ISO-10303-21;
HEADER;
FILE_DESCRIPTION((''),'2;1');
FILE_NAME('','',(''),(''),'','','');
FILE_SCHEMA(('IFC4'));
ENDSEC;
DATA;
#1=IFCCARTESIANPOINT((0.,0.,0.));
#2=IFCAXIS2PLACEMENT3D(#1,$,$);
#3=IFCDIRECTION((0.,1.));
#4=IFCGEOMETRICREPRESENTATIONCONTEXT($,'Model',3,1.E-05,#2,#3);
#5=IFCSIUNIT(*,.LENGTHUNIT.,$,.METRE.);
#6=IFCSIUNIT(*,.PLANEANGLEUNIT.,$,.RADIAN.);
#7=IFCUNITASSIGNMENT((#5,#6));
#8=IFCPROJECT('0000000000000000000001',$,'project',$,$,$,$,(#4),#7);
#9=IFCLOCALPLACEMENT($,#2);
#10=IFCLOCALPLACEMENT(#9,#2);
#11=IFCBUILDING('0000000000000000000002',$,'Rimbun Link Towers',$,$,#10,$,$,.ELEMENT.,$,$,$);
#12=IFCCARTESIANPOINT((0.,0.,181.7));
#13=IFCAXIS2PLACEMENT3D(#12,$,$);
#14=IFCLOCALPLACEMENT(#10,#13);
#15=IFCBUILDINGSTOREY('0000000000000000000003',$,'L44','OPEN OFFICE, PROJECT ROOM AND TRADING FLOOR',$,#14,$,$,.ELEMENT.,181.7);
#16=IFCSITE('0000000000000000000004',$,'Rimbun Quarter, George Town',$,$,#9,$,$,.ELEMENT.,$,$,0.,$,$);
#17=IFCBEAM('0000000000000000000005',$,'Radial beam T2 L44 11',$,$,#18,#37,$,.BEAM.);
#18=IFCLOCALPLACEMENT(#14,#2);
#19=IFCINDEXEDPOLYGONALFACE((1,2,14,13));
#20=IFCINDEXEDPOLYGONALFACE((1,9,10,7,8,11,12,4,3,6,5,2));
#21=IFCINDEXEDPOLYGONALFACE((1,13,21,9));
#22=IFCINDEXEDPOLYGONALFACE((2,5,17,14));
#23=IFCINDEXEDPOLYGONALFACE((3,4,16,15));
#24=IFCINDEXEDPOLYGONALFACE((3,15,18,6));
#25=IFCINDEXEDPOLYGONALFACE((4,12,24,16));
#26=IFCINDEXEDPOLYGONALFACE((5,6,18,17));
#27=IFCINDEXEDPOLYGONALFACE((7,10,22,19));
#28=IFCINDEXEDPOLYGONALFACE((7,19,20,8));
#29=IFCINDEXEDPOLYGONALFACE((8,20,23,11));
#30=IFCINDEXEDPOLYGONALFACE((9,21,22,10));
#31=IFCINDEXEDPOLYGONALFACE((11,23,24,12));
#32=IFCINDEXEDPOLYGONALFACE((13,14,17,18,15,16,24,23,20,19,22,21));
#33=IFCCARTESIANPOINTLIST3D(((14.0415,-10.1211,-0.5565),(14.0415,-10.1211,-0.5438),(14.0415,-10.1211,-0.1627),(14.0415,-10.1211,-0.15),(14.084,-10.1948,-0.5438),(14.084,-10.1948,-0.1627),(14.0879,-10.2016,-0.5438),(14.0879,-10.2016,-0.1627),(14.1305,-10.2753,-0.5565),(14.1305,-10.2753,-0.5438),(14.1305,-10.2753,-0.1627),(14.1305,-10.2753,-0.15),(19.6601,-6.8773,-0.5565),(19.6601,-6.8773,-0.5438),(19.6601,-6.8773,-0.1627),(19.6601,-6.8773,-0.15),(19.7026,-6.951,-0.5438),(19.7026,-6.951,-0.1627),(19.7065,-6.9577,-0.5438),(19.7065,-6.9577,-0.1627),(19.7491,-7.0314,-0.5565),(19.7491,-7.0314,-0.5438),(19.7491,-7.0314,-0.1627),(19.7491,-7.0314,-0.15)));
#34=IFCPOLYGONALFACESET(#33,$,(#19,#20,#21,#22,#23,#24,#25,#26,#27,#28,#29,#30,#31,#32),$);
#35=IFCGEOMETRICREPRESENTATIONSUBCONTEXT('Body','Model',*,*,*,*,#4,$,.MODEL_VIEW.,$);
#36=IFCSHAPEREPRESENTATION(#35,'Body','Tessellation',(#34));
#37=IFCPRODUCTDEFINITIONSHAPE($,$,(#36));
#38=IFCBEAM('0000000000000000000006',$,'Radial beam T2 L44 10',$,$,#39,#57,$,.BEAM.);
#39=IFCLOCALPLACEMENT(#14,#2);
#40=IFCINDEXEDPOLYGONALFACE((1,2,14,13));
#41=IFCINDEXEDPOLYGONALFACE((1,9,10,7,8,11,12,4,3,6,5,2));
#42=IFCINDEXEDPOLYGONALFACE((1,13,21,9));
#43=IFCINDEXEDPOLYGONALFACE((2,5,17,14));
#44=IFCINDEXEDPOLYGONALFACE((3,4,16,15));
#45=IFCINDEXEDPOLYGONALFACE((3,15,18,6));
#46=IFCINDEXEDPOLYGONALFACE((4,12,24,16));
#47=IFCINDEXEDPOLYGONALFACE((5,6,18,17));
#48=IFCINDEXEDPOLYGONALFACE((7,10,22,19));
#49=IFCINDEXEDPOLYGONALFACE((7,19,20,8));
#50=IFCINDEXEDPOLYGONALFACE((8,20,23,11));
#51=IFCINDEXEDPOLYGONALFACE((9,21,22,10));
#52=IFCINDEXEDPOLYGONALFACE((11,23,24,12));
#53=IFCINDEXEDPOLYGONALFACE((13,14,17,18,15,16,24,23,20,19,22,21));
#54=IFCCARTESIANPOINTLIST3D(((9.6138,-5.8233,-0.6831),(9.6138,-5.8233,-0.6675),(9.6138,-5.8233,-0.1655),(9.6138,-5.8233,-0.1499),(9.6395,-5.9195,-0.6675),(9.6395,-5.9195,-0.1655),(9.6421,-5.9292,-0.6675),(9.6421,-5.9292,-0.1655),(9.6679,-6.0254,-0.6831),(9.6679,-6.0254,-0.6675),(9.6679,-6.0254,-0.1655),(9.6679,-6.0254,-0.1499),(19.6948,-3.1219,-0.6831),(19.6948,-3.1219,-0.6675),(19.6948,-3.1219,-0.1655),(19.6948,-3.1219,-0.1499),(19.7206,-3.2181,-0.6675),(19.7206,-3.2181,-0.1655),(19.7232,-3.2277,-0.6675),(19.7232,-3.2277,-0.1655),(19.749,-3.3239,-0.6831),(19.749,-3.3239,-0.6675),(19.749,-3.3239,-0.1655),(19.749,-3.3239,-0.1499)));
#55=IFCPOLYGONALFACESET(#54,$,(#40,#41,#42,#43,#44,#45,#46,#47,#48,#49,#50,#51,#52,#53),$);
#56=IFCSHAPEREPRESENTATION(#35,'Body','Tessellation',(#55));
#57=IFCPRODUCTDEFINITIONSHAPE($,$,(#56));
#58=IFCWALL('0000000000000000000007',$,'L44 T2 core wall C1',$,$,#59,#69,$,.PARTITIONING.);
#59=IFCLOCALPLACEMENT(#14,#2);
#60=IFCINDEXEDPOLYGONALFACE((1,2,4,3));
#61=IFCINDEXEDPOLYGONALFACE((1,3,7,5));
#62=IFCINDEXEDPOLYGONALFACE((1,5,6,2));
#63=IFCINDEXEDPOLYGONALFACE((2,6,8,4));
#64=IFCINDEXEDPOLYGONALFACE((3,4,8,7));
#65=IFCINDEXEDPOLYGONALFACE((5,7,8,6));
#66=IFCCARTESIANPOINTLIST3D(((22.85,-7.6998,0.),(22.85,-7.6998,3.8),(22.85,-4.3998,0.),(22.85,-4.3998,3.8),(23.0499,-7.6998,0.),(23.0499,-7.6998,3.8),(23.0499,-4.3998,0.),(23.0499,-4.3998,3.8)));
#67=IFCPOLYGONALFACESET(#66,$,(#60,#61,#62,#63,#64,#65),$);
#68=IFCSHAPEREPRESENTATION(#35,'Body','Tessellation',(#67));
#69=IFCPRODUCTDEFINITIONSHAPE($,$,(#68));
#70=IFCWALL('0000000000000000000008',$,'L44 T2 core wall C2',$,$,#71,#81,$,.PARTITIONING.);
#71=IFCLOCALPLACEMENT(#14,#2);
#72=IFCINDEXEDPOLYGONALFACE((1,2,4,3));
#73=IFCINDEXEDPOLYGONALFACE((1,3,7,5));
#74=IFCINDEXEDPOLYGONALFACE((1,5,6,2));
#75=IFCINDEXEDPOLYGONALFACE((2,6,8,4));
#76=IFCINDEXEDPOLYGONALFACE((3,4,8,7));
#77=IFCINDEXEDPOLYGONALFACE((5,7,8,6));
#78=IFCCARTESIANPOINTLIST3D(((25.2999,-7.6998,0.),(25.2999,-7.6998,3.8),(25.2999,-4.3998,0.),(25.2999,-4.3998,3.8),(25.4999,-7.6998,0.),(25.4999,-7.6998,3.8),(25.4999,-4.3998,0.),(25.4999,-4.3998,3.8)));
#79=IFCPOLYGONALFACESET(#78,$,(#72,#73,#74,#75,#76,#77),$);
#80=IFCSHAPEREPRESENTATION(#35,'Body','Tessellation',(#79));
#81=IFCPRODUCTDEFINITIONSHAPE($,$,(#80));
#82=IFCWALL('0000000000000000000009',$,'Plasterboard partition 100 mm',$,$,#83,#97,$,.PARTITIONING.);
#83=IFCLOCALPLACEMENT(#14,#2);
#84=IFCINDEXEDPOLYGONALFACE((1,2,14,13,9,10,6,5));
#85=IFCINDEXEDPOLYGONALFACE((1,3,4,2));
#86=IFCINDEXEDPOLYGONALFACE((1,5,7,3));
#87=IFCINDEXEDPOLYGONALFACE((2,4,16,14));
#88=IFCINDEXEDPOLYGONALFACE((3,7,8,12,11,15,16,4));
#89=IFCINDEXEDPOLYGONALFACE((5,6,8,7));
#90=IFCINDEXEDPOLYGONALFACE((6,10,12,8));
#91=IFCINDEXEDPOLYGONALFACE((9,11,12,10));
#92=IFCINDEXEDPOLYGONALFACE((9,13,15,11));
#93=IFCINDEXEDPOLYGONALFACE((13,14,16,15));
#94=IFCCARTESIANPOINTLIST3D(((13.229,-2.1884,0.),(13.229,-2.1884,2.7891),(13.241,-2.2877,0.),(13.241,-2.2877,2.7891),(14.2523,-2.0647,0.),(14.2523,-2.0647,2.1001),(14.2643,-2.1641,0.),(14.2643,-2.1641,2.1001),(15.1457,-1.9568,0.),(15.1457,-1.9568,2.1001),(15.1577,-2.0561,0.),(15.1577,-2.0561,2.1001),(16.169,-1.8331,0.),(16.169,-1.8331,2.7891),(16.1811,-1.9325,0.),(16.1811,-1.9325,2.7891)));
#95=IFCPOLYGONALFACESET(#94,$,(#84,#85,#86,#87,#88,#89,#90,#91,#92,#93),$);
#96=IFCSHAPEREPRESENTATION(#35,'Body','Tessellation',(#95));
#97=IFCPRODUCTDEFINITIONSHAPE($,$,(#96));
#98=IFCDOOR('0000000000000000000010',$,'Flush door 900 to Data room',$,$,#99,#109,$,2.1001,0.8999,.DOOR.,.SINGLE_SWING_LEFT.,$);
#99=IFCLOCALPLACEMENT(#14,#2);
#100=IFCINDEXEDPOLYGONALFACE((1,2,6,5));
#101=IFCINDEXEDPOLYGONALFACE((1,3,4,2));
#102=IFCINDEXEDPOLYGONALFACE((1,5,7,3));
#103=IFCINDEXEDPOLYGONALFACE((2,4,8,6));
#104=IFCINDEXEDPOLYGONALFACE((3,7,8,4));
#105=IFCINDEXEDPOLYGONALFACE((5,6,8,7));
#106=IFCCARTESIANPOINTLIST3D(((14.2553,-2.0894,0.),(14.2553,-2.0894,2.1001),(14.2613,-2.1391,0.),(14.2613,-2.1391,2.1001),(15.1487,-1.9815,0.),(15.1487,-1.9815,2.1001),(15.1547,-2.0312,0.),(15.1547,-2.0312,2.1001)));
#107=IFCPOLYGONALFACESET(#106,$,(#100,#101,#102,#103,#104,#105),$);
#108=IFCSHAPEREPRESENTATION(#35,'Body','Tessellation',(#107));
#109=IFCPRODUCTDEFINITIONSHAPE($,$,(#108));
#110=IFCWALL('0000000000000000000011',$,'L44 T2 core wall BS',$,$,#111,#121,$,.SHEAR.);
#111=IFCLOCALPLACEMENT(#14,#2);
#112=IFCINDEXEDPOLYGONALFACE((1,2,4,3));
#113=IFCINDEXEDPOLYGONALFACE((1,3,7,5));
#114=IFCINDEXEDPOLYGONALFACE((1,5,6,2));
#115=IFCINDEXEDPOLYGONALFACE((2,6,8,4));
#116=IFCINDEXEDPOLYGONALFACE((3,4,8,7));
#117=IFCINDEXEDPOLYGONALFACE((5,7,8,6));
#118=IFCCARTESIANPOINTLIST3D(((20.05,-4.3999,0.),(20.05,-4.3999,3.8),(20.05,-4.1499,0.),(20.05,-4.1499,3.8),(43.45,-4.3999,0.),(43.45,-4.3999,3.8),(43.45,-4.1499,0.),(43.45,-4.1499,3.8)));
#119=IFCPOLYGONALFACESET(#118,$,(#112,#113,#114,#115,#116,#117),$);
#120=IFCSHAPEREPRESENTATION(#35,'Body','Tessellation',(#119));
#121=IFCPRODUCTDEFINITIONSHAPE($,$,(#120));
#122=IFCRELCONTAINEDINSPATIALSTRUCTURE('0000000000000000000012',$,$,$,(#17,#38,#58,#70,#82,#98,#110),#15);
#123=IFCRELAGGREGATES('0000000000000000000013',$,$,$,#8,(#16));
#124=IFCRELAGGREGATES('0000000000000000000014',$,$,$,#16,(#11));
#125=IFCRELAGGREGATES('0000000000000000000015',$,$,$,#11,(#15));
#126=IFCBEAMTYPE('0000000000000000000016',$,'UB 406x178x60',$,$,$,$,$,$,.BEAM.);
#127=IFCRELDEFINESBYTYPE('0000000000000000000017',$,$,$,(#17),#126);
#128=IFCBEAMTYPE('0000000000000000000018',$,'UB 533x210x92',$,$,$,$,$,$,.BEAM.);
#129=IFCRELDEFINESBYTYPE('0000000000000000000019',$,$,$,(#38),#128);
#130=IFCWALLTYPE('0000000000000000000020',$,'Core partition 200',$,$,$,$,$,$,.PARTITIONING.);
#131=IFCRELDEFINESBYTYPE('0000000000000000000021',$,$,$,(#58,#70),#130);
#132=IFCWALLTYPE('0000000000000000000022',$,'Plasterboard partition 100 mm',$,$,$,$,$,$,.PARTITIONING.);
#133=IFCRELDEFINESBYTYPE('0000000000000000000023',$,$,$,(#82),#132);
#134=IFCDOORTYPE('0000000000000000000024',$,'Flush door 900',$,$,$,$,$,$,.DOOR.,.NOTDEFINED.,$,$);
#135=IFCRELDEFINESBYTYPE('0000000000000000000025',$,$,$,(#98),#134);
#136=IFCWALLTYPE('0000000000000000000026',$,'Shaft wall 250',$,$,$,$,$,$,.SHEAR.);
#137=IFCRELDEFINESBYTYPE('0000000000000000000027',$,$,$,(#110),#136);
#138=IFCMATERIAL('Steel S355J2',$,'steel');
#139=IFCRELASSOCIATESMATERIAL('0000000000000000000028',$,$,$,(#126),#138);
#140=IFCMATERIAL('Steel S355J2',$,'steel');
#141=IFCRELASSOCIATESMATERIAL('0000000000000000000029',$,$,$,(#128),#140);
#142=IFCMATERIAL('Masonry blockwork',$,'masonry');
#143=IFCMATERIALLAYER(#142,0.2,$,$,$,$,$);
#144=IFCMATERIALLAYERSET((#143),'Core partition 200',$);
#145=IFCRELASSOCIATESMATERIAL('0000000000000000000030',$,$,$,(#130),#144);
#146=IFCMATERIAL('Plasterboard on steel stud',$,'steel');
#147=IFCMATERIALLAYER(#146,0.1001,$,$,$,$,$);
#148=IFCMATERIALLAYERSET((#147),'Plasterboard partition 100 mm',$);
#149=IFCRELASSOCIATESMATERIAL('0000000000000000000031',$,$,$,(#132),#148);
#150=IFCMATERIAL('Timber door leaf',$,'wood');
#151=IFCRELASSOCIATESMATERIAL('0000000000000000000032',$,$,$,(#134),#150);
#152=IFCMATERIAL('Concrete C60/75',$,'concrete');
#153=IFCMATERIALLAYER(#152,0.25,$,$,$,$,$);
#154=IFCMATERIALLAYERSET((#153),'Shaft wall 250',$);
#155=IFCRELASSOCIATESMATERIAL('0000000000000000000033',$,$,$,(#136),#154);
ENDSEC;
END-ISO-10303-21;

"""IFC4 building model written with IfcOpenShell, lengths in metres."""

from ifc_helpers import new_model, si_unit, direction, frame, frame_2d, origin, origin_2d, place, context, subcontext, project, spatial, rectangle, i_section, extrude, material, layer, layer_set, material_profile, profile_set, type_object, element, fill, save


model = new_model("IFC4")

# Units and contexts
model_context = context("Model", 3, precision=1e-05, world=origin(), true_north=direction((0.0, 1.0)))
body_context = subcontext(model_context, "Body", "Model", "MODEL_VIEW")
ifc_project = project(units=[si_unit("LENGTHUNIT", "METRE"), si_unit("PLANEANGLEUNIT", "RADIAN")], contexts=[model_context])

# Site, building, storey
site_placement = place(None, origin())
site = spatial("IfcSite", under=ifc_project, at=site_placement, Name="Rimbun Quarter, George Town", CompositionType="ELEMENT", RefElevation=0.0)
building_placement = place(site_placement, origin())
building = spatial("IfcBuilding", under=site, at=building_placement, Name="Rimbun Link Towers", CompositionType="ELEMENT")
storey_placement = place(building_placement, frame((0.0, 0.0, 181.7)))
storey = spatial("IfcBuildingStorey", under=building, at=storey_placement, Name="L44", Description="OPEN OFFICE, PROJECT ROOM AND TRADING FLOOR", CompositionType="ELEMENT", Elevation=181.7)

# Beams
ifc_material_1 = material(Name="Steel S355J2", Category="steel")
ifc_material_profile_1 = material_profile(ifc_material_1, i_section(OverallWidth=0.178, OverallDepth=0.4065, WebThickness=0.0078, FlangeThickness=0.0127, at=origin_2d()), Name="UB 406x178x60")
ifc_profile_set_1 = profile_set([ifc_material_profile_1], Name="Steel S355J2")
beam_type_1 = type_object("IfcBeamType", Name="UB 406x178x60", PredefinedType="BEAM", material=ifc_profile_set_1)
beam_1_placement = place(storey_placement, frame((19.7046, -6.9543, -0.3533), z_axis=(-0.866028, -0.499996, 0.0), x_axis=(0.499996, -0.866028, 0.0)))
element("IfcBeam", 1, at=beam_1_placement, inside=storey, type_object=beam_type_1, Name="Radial beam T2 L44 11", PredefinedType="BEAM", context=body_context, shape_type="SweptSolid", body=[
    extrude(i_section(OverallWidth=0.178, OverallDepth=0.4065, WebThickness=0.0078, FlangeThickness=0.0127, at=origin_2d()), origin(), (0.0, 0.0, 1.0), 6.4878),
])
ifc_material_2 = material(Name="Steel S355J2", Category="steel")
ifc_material_profile_2 = material_profile(ifc_material_2, i_section(OverallWidth=0.2092, OverallDepth=0.5332, WebThickness=0.01, FlangeThickness=0.0156, at=origin_2d()), Name="UB 533x210x92")
ifc_profile_set_2 = profile_set([ifc_material_profile_2], Name="Steel S355J2")
beam_type_2 = type_object("IfcBeamType", Name="UB 533x210x92", PredefinedType="BEAM", material=ifc_profile_set_2)
beam_2_placement = place(storey_placement, frame((19.7219, -3.2229, -0.4165), z_axis=(-0.965921, -0.258837, 0.0), x_axis=(0.258837, -0.965921, 0.0)))
element("IfcBeam", 2, at=beam_2_placement, inside=storey, type_object=beam_type_2, Name="Radial beam T2 L44 10", PredefinedType="BEAM", context=body_context, shape_type="SweptSolid", body=[
    extrude(i_section(OverallWidth=0.2092, OverallDepth=0.5332, WebThickness=0.01, FlangeThickness=0.0156, at=origin_2d()), origin(), (0.0, 0.0, 1.0), 10.4368),
])

# Walls
ifc_material_3 = material(Name="Masonry blockwork", Category="masonry")
ifc_layer_1 = layer(ifc_material_3, 0.2)
ifc_layer_set_1 = layer_set([ifc_layer_1], Name="Core partition 200")
wall_type_1 = type_object("IfcWallType", Name="Core partition 200", PredefinedType="PARTITIONING", material=ifc_layer_set_1)
for number, where, z_axis, x_axis, name in (
    (3, (22.95, -4.3999, 0.0), (0.0, 0.0, 1.0), (0.0, -1.0, 0.0), "L44 T2 core wall C1"),
    (4, (25.3999, -4.3999, 0.0), (0.0, 0.0, 1.0), (0.0, -1.0, 0.0), "L44 T2 core wall C2"),
):
    element("IfcWall", number, at=place(storey_placement, frame(where, z_axis=z_axis, x_axis=x_axis)), inside=storey, type_object=wall_type_1, Name=name, PredefinedType="PARTITIONING", context=body_context, shape_type="SweptSolid", body=[
        extrude(rectangle(XDim=3.3, YDim=0.2, at=frame_2d((1.6499, 0.0))), origin(), (0.0, 0.0, 1.0), 3.8),
    ])

# Wall, opening, door
ifc_material_4 = material(Name="Plasterboard on steel stud", Category="steel")
ifc_layer_2 = layer(ifc_material_4, 0.1001)
ifc_layer_set_2 = layer_set([ifc_layer_2], Name="Plasterboard partition 100 mm")
wall_type_2 = type_object("IfcWallType", Name="Plasterboard partition 100 mm", PredefinedType="PARTITIONING", material=ifc_layer_set_2)
wall_1_placement = place(storey_placement, frame((16.175, -1.8828, 0.0), z_axis=(0.0, 0.0, 1.0), x_axis=(-0.992779, -0.119955, 0.0)))
wall_1 = element("IfcWall", 5, at=wall_1_placement, inside=storey, type_object=wall_type_2, Name="Plasterboard partition 100 mm", PredefinedType="PARTITIONING", context=body_context, shape_type="SweptSolid", body=[
    extrude(rectangle(XDim=2.9614, YDim=0.1001, at=frame_2d((1.4807, 0.0))), origin(), (0.0, 0.0, 1.0), 2.7891),
])
opening_1_placement = place(wall_1_placement, frame((1.0308, 0.0, 0.0)))
opening_1 = element("IfcOpeningElement", 6, at=opening_1_placement, cuts=wall_1, PredefinedType="OPENING", context=body_context, shape_type="SweptSolid", body=[
    extrude(rectangle(XDim=0.8999, YDim=2.1001, at=frame_2d((0.45, 1.05))), frame((0.0, 0.0601, 0.0), z_axis=(0.0, -1.0, 0.0), x_axis=(1.0, 0.0, 0.0)), (0.0, 0.0, 1.0), 0.1201),
])
ifc_material_5 = material(Name="Timber door leaf", Category="wood")
door_type_1 = type_object("IfcDoorType", Name="Flush door 900", OperationType="NOTDEFINED", PredefinedType="DOOR", material=ifc_material_5)
door_1_placement = place(opening_1_placement, origin())
door_1 = element("IfcDoor", 7, at=door_1_placement, inside=storey, type_object=door_type_1, Name="Flush door 900 to Data room", OperationType="SINGLE_SWING_LEFT", OverallHeight=2.1001, OverallWidth=0.8999, PredefinedType="DOOR", context=body_context, shape_type="SweptSolid", body=[
    extrude(rectangle(XDim=0.8999, YDim=2.1001, at=frame_2d((0.45, 1.05))), frame((0.0, 0.0249, 0.0), z_axis=(0.0, -1.0, 0.0), x_axis=(1.0, 0.0, 0.0)), (0.0, 0.0, 1.0), 0.05),
])
fill(opening_1, door_1)

# Wall
ifc_material_6 = material(Name="Concrete C60/75", Category="concrete")
ifc_layer_3 = layer(ifc_material_6, 0.25)
ifc_layer_set_3 = layer_set([ifc_layer_3], Name="Shaft wall 250")
wall_type_3 = type_object("IfcWallType", Name="Shaft wall 250", PredefinedType="SHEAR", material=ifc_layer_set_3)
wall_2_placement = place(storey_placement, frame((20.05, -4.2749, 0.0), z_axis=(0.0, 0.0, 1.0), x_axis=(1.0, 0.0, 0.0)))
element("IfcWall", 8, at=wall_2_placement, inside=storey, type_object=wall_type_3, Name="L44 T2 core wall BS", PredefinedType="SHEAR", context=body_context, shape_type="SweptSolid", body=[
    extrude(rectangle(XDim=23.3999, YDim=0.25, at=frame_2d((11.7, 0.0))), origin(), (0.0, 0.0, 1.0), 3.8),
])

save(model, "model.ifc")
